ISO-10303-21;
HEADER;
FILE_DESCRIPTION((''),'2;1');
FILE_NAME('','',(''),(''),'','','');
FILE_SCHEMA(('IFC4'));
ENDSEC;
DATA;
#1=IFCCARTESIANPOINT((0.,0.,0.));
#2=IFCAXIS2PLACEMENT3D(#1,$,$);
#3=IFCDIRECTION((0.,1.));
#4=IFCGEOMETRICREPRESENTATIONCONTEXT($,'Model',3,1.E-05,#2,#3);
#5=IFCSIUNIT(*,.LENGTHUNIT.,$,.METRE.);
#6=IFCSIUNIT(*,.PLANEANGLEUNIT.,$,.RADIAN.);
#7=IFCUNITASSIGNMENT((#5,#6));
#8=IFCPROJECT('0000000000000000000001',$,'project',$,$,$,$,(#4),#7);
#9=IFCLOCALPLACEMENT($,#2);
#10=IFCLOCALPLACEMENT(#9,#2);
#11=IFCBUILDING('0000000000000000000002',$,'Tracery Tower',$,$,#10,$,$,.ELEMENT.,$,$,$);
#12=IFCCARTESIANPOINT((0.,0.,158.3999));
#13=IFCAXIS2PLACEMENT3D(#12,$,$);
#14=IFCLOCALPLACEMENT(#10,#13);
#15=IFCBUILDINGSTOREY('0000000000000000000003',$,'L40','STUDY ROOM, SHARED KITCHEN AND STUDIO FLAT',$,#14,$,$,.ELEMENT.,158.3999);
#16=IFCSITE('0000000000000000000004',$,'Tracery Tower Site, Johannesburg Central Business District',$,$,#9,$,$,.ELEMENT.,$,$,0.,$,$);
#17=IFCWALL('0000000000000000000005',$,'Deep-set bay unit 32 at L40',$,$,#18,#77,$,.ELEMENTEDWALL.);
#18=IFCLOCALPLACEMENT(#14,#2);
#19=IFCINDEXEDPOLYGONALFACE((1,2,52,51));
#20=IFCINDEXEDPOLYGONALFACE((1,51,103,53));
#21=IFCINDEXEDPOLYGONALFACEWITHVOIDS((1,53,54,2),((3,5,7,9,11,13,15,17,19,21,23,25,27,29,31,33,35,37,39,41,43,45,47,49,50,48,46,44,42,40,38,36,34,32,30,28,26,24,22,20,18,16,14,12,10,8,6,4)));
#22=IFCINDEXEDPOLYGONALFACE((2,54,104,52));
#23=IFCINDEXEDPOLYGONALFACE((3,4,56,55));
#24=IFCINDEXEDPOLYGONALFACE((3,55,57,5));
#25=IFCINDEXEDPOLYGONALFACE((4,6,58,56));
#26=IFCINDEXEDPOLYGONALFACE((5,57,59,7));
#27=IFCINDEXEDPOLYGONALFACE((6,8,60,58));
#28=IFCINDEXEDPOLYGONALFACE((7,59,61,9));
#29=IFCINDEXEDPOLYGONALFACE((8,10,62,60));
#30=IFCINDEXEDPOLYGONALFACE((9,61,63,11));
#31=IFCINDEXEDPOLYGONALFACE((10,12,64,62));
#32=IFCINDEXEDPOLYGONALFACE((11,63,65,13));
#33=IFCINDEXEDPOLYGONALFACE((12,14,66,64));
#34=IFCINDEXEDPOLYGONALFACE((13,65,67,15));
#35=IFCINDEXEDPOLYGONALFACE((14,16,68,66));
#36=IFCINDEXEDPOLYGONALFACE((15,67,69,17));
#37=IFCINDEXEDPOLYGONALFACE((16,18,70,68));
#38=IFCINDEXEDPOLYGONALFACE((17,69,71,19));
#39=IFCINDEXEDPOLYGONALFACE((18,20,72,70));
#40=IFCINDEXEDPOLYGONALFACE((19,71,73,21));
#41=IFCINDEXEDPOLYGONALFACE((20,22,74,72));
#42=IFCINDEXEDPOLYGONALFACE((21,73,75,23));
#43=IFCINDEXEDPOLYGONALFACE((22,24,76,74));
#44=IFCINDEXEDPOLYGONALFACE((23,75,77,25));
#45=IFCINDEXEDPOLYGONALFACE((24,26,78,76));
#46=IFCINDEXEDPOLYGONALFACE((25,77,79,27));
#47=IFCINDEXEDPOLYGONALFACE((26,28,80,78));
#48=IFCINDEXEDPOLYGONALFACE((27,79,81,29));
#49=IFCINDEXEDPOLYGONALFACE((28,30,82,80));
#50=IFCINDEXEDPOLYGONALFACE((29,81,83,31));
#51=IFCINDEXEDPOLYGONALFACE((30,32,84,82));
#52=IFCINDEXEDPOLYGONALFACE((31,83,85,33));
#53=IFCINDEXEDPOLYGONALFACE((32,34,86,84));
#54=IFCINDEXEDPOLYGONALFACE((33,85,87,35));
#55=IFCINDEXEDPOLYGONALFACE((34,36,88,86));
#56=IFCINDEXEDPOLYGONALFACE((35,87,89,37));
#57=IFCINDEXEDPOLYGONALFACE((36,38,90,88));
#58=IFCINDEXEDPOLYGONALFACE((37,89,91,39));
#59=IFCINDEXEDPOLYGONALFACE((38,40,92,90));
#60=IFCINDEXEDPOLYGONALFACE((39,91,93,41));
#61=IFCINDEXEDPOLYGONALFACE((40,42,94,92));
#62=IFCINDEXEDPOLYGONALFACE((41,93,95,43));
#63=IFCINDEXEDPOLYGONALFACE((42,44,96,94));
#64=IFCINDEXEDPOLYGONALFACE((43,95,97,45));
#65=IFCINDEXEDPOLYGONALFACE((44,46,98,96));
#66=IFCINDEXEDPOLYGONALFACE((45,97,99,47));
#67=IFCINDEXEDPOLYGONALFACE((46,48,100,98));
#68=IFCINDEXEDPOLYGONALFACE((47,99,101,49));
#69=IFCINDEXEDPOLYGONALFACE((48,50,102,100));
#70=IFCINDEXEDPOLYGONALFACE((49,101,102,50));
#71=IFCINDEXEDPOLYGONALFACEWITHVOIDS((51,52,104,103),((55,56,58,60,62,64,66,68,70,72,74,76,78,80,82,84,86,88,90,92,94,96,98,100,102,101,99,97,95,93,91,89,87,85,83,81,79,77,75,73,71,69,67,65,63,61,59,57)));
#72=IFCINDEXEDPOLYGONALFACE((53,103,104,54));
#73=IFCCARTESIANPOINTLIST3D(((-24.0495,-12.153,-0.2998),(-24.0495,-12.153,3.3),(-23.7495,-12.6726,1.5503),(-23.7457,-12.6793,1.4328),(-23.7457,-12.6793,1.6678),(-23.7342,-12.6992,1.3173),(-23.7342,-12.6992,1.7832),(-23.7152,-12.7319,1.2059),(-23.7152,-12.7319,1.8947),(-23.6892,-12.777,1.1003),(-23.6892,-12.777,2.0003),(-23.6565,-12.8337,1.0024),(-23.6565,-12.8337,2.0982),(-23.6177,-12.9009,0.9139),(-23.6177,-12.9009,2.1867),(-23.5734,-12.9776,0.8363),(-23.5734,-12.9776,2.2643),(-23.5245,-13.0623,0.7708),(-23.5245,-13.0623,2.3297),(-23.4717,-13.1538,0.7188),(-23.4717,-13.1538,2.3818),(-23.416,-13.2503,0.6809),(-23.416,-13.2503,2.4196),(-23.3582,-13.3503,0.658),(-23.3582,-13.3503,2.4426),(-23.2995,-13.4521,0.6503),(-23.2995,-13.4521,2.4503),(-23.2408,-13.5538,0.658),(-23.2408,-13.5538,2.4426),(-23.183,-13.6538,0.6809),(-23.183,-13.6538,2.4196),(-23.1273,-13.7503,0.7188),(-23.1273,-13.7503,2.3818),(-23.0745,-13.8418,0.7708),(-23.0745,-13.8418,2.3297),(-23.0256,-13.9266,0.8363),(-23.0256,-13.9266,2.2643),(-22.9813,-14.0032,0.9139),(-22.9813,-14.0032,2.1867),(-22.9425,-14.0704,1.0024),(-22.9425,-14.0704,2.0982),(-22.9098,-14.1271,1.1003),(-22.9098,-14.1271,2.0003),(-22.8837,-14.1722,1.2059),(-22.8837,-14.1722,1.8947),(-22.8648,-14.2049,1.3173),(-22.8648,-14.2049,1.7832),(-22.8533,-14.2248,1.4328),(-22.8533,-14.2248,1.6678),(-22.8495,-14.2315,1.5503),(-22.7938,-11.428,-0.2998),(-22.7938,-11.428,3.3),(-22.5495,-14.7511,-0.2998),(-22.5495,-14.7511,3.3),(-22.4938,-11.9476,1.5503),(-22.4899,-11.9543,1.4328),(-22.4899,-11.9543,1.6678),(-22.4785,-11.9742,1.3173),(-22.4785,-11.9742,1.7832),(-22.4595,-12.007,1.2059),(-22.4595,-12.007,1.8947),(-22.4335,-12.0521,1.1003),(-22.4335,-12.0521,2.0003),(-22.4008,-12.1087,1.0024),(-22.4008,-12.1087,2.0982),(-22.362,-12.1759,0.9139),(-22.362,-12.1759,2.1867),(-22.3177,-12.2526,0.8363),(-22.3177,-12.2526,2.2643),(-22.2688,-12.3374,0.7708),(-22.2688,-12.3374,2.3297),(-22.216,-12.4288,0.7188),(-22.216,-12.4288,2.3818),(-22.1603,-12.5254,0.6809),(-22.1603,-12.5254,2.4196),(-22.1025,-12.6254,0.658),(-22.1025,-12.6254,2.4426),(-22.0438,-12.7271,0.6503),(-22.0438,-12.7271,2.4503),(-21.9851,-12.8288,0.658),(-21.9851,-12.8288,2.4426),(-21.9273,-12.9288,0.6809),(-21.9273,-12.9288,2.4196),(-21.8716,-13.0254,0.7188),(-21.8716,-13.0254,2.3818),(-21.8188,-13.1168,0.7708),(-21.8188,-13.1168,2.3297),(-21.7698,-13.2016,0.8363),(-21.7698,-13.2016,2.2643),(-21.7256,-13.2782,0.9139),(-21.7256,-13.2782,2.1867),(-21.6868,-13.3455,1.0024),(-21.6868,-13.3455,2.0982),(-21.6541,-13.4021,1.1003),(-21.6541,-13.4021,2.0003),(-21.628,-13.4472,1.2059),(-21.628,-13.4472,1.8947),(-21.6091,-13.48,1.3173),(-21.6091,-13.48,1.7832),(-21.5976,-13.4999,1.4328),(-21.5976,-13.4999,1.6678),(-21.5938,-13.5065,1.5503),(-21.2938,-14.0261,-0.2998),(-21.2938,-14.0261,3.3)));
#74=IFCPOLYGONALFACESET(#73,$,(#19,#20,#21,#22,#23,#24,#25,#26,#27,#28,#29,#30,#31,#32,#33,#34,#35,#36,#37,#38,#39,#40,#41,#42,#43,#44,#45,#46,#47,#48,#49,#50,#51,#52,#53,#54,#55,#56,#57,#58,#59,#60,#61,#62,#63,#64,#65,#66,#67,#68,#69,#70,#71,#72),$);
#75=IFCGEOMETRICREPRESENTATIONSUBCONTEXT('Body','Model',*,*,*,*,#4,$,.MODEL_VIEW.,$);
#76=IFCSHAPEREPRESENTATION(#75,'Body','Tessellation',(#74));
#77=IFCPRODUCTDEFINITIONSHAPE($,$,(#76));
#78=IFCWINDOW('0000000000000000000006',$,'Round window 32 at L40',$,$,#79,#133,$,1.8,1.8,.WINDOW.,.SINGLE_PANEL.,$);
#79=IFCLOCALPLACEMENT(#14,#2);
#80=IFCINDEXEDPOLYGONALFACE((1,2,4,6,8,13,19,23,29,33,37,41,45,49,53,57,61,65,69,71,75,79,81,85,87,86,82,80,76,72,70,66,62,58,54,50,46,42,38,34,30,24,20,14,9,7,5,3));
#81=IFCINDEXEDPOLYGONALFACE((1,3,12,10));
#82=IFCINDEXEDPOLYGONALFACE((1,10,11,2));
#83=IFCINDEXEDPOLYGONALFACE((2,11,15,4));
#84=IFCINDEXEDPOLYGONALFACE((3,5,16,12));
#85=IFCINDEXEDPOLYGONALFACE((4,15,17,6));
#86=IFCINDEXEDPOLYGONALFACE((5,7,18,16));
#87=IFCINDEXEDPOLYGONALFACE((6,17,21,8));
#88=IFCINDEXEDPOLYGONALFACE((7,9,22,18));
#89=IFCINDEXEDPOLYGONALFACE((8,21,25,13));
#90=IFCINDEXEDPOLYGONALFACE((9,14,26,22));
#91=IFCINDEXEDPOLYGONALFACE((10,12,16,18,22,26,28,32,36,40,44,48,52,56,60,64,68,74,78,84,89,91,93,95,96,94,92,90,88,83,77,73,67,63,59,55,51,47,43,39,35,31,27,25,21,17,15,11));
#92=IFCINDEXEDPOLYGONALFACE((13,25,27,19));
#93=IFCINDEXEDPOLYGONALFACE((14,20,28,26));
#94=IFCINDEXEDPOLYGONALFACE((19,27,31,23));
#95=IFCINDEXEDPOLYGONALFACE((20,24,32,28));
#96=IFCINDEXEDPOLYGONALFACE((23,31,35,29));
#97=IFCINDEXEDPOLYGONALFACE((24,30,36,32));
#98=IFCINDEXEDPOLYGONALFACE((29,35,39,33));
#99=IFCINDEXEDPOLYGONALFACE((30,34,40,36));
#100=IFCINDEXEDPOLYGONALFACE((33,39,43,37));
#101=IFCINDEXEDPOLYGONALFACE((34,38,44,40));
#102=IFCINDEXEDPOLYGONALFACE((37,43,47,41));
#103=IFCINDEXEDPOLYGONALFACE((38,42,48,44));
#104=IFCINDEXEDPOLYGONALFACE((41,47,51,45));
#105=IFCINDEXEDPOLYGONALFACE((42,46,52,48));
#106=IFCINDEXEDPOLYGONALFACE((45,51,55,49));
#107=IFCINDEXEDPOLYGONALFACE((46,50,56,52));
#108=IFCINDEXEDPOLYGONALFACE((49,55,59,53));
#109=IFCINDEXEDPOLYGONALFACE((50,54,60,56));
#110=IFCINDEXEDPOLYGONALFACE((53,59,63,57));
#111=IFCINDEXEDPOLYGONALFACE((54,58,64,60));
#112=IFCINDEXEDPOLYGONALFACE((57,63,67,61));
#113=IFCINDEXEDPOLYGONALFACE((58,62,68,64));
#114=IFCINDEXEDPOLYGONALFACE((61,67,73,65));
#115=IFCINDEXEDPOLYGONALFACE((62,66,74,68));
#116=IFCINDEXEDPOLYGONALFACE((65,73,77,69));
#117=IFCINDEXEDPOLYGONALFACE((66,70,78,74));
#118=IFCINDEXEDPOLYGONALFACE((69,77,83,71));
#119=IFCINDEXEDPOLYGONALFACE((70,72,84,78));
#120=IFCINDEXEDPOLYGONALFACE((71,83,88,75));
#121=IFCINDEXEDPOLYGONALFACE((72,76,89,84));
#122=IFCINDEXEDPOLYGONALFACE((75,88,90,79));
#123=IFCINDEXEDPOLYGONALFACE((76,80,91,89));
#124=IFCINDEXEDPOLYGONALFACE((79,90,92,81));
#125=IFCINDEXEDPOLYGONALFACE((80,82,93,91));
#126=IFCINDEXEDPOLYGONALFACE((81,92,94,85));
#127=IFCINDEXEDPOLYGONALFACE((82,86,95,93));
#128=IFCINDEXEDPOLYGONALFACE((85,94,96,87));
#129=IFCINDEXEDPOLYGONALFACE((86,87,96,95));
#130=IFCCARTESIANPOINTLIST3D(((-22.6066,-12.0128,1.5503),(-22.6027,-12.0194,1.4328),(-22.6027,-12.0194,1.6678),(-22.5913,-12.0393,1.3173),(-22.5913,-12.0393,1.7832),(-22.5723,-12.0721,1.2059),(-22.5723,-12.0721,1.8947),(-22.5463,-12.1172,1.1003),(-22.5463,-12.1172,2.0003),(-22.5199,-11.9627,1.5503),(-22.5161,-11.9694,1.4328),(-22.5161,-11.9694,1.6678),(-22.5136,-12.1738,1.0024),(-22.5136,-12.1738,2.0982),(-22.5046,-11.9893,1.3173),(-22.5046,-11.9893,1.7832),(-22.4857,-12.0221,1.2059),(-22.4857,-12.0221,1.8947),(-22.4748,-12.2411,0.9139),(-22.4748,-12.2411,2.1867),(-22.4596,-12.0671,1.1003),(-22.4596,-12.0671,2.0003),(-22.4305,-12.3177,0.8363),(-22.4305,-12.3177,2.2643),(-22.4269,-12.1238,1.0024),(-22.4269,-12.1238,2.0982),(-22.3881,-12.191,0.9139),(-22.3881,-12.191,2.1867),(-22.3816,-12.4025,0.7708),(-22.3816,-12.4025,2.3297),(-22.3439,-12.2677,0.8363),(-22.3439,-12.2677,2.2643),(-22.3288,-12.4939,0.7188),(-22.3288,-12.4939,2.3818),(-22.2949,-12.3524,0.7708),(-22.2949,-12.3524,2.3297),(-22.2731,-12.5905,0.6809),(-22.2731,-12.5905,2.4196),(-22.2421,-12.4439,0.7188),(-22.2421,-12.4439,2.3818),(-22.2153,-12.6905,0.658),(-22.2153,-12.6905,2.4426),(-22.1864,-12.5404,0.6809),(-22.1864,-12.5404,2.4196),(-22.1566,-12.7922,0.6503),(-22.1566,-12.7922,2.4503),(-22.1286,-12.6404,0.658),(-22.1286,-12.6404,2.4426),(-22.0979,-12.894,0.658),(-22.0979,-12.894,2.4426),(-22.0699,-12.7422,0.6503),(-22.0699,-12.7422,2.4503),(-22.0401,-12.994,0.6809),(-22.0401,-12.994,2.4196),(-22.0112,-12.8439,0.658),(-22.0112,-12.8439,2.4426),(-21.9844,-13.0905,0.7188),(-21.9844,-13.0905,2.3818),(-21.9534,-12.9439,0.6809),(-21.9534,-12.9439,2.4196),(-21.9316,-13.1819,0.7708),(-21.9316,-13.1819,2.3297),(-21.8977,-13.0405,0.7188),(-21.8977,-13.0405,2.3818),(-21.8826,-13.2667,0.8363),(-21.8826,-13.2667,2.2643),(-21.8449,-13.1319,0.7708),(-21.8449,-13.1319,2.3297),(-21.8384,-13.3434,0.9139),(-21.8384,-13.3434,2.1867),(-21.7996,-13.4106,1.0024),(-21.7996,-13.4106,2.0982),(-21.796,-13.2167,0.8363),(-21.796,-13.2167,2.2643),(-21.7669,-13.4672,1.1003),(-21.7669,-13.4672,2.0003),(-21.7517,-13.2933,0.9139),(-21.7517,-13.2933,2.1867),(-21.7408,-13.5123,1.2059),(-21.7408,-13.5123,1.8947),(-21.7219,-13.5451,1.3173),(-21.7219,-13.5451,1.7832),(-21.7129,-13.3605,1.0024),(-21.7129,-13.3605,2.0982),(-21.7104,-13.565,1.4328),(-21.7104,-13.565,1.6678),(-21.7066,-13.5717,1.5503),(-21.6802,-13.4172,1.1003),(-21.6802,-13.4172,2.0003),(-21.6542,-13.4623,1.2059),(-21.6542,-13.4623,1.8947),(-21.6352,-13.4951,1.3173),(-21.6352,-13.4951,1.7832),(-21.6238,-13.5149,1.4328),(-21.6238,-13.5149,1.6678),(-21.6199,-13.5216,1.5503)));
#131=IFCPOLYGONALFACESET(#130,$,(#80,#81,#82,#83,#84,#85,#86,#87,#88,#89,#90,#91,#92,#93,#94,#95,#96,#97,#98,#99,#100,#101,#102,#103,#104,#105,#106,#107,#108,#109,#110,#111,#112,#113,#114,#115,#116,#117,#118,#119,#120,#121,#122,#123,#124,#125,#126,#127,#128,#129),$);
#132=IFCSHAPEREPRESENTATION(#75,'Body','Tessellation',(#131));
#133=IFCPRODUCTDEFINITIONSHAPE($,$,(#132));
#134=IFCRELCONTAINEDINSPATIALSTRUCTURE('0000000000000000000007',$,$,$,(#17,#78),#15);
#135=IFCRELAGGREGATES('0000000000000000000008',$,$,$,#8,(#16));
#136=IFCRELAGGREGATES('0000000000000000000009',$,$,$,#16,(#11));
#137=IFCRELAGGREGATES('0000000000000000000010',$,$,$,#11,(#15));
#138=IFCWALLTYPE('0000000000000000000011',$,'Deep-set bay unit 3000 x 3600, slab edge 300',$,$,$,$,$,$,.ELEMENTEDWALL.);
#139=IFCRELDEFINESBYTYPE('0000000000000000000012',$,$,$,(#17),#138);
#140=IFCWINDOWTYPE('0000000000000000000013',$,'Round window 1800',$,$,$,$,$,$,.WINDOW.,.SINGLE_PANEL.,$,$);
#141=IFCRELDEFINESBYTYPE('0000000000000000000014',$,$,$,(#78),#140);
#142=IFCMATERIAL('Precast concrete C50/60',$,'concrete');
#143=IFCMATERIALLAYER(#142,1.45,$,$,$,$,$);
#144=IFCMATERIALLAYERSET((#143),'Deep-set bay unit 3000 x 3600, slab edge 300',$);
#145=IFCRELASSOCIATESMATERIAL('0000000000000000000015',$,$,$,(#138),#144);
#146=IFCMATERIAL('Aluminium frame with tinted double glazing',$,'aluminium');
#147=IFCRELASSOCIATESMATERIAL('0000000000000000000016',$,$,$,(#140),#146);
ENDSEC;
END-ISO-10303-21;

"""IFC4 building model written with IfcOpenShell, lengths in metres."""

from ifc_helpers import new_model, si_unit, direction, frame, frame_2d, origin, origin_2d, place, context, subcontext, project, spatial, rectangle, circle, extrude, material, layer, layer_set, type_object, element, fill, save


model = new_model("IFC4")

# Units and contexts
model_context = context("Model", 3, precision=1e-05, world=origin(), true_north=direction((0.0, 1.0)))
body_context = subcontext(model_context, "Body", "Model", "MODEL_VIEW")
ifc_project = project(units=[si_unit("LENGTHUNIT", "METRE"), si_unit("PLANEANGLEUNIT", "RADIAN")], contexts=[model_context])

# Site, building, storey
site_placement = place(None, origin())
site = spatial("IfcSite", under=ifc_project, at=site_placement, Name="Tracery Tower Site, Johannesburg Central Business District", CompositionType="ELEMENT", RefElevation=0.0)
building_placement = place(site_placement, origin())
building = spatial("IfcBuilding", under=site, at=building_placement, Name="Tracery Tower", CompositionType="ELEMENT")
storey_placement = place(building_placement, frame((0.0, 0.0, 158.3999)))
storey = spatial("IfcBuildingStorey", under=building, at=storey_placement, Name="L40", Description="STUDY ROOM, SHARED KITCHEN AND STUDIO FLAT", CompositionType="ELEMENT", Elevation=158.3999)

# Wall, opening, window
ifc_material_1 = material(Name="Precast concrete C50/60", Category="concrete")
ifc_layer_1 = layer(ifc_material_1, 1.45)
ifc_layer_set_1 = layer_set([ifc_layer_1], Name="Deep-set bay unit 3000 x 3600, slab edge 300")
wall_type_1 = type_object("IfcWallType", Name="Deep-set bay unit 3000 x 3600, slab edge 300", PredefinedType="ELEMENTEDWALL", material=ifc_layer_set_1)
wall_1_placement = place(storey_placement, frame((-23.4216, -11.7905, -0.2998), z_axis=(0.0, 0.0, 1.0), x_axis=(0.49999, -0.866031, 0.0)))
wall_1 = element("IfcWall", 1, at=wall_1_placement, inside=storey, type_object=wall_type_1, Name="Deep-set bay unit 32 at L40", PredefinedType="ELEMENTEDWALL", context=body_context, shape_type="SweptSolid", body=[
    extrude(rectangle(XDim=3.0, YDim=1.45, at=frame_2d((1.5, 0.0))), origin(), (0.0, 0.0, 1.0), 3.5999),
])
opening_1_placement = place(wall_1_placement, frame((1.5, 0.0, 1.8501)))
opening_1 = element("IfcOpeningElement", 2, at=opening_1_placement, cuts=wall_1, PredefinedType="OPENING", context=body_context, shape_type="SweptSolid", body=[
    extrude(circle(Radius=0.9, at=origin_2d()), frame((0.0, 0.7349, 0.0), z_axis=(0.0, -1.0, 0.0), x_axis=(1.0, 0.0, 0.0)), (0.0, 0.0, 1.0), 1.47),
])
ifc_material_2 = material(Name="Aluminium frame with tinted double glazing", Category="aluminium")
window_type = type_object("IfcWindowType", Name="Round window 1800", PartitioningType="SINGLE_PANEL", PredefinedType="WINDOW", material=ifc_material_2)
window_1_placement = place(opening_1_placement, origin())
window_1 = element("IfcWindow", 3, at=window_1_placement, inside=storey, type_object=window_type, Name="Round window 32 at L40", OverallHeight=1.8, OverallWidth=1.8, PartitioningType="SINGLE_PANEL", PredefinedType="WINDOW", context=body_context, shape_type="SweptSolid", body=[
    extrude(circle(Radius=0.9, at=origin_2d()), frame((0.0, 0.6948, 0.0), z_axis=(0.0, -1.0, 0.0), x_axis=(1.0, 0.0, 0.0)), (0.0, 0.0, 1.0), 0.1001),
])
fill(opening_1, window_1)

save(model, "model.ifc")
